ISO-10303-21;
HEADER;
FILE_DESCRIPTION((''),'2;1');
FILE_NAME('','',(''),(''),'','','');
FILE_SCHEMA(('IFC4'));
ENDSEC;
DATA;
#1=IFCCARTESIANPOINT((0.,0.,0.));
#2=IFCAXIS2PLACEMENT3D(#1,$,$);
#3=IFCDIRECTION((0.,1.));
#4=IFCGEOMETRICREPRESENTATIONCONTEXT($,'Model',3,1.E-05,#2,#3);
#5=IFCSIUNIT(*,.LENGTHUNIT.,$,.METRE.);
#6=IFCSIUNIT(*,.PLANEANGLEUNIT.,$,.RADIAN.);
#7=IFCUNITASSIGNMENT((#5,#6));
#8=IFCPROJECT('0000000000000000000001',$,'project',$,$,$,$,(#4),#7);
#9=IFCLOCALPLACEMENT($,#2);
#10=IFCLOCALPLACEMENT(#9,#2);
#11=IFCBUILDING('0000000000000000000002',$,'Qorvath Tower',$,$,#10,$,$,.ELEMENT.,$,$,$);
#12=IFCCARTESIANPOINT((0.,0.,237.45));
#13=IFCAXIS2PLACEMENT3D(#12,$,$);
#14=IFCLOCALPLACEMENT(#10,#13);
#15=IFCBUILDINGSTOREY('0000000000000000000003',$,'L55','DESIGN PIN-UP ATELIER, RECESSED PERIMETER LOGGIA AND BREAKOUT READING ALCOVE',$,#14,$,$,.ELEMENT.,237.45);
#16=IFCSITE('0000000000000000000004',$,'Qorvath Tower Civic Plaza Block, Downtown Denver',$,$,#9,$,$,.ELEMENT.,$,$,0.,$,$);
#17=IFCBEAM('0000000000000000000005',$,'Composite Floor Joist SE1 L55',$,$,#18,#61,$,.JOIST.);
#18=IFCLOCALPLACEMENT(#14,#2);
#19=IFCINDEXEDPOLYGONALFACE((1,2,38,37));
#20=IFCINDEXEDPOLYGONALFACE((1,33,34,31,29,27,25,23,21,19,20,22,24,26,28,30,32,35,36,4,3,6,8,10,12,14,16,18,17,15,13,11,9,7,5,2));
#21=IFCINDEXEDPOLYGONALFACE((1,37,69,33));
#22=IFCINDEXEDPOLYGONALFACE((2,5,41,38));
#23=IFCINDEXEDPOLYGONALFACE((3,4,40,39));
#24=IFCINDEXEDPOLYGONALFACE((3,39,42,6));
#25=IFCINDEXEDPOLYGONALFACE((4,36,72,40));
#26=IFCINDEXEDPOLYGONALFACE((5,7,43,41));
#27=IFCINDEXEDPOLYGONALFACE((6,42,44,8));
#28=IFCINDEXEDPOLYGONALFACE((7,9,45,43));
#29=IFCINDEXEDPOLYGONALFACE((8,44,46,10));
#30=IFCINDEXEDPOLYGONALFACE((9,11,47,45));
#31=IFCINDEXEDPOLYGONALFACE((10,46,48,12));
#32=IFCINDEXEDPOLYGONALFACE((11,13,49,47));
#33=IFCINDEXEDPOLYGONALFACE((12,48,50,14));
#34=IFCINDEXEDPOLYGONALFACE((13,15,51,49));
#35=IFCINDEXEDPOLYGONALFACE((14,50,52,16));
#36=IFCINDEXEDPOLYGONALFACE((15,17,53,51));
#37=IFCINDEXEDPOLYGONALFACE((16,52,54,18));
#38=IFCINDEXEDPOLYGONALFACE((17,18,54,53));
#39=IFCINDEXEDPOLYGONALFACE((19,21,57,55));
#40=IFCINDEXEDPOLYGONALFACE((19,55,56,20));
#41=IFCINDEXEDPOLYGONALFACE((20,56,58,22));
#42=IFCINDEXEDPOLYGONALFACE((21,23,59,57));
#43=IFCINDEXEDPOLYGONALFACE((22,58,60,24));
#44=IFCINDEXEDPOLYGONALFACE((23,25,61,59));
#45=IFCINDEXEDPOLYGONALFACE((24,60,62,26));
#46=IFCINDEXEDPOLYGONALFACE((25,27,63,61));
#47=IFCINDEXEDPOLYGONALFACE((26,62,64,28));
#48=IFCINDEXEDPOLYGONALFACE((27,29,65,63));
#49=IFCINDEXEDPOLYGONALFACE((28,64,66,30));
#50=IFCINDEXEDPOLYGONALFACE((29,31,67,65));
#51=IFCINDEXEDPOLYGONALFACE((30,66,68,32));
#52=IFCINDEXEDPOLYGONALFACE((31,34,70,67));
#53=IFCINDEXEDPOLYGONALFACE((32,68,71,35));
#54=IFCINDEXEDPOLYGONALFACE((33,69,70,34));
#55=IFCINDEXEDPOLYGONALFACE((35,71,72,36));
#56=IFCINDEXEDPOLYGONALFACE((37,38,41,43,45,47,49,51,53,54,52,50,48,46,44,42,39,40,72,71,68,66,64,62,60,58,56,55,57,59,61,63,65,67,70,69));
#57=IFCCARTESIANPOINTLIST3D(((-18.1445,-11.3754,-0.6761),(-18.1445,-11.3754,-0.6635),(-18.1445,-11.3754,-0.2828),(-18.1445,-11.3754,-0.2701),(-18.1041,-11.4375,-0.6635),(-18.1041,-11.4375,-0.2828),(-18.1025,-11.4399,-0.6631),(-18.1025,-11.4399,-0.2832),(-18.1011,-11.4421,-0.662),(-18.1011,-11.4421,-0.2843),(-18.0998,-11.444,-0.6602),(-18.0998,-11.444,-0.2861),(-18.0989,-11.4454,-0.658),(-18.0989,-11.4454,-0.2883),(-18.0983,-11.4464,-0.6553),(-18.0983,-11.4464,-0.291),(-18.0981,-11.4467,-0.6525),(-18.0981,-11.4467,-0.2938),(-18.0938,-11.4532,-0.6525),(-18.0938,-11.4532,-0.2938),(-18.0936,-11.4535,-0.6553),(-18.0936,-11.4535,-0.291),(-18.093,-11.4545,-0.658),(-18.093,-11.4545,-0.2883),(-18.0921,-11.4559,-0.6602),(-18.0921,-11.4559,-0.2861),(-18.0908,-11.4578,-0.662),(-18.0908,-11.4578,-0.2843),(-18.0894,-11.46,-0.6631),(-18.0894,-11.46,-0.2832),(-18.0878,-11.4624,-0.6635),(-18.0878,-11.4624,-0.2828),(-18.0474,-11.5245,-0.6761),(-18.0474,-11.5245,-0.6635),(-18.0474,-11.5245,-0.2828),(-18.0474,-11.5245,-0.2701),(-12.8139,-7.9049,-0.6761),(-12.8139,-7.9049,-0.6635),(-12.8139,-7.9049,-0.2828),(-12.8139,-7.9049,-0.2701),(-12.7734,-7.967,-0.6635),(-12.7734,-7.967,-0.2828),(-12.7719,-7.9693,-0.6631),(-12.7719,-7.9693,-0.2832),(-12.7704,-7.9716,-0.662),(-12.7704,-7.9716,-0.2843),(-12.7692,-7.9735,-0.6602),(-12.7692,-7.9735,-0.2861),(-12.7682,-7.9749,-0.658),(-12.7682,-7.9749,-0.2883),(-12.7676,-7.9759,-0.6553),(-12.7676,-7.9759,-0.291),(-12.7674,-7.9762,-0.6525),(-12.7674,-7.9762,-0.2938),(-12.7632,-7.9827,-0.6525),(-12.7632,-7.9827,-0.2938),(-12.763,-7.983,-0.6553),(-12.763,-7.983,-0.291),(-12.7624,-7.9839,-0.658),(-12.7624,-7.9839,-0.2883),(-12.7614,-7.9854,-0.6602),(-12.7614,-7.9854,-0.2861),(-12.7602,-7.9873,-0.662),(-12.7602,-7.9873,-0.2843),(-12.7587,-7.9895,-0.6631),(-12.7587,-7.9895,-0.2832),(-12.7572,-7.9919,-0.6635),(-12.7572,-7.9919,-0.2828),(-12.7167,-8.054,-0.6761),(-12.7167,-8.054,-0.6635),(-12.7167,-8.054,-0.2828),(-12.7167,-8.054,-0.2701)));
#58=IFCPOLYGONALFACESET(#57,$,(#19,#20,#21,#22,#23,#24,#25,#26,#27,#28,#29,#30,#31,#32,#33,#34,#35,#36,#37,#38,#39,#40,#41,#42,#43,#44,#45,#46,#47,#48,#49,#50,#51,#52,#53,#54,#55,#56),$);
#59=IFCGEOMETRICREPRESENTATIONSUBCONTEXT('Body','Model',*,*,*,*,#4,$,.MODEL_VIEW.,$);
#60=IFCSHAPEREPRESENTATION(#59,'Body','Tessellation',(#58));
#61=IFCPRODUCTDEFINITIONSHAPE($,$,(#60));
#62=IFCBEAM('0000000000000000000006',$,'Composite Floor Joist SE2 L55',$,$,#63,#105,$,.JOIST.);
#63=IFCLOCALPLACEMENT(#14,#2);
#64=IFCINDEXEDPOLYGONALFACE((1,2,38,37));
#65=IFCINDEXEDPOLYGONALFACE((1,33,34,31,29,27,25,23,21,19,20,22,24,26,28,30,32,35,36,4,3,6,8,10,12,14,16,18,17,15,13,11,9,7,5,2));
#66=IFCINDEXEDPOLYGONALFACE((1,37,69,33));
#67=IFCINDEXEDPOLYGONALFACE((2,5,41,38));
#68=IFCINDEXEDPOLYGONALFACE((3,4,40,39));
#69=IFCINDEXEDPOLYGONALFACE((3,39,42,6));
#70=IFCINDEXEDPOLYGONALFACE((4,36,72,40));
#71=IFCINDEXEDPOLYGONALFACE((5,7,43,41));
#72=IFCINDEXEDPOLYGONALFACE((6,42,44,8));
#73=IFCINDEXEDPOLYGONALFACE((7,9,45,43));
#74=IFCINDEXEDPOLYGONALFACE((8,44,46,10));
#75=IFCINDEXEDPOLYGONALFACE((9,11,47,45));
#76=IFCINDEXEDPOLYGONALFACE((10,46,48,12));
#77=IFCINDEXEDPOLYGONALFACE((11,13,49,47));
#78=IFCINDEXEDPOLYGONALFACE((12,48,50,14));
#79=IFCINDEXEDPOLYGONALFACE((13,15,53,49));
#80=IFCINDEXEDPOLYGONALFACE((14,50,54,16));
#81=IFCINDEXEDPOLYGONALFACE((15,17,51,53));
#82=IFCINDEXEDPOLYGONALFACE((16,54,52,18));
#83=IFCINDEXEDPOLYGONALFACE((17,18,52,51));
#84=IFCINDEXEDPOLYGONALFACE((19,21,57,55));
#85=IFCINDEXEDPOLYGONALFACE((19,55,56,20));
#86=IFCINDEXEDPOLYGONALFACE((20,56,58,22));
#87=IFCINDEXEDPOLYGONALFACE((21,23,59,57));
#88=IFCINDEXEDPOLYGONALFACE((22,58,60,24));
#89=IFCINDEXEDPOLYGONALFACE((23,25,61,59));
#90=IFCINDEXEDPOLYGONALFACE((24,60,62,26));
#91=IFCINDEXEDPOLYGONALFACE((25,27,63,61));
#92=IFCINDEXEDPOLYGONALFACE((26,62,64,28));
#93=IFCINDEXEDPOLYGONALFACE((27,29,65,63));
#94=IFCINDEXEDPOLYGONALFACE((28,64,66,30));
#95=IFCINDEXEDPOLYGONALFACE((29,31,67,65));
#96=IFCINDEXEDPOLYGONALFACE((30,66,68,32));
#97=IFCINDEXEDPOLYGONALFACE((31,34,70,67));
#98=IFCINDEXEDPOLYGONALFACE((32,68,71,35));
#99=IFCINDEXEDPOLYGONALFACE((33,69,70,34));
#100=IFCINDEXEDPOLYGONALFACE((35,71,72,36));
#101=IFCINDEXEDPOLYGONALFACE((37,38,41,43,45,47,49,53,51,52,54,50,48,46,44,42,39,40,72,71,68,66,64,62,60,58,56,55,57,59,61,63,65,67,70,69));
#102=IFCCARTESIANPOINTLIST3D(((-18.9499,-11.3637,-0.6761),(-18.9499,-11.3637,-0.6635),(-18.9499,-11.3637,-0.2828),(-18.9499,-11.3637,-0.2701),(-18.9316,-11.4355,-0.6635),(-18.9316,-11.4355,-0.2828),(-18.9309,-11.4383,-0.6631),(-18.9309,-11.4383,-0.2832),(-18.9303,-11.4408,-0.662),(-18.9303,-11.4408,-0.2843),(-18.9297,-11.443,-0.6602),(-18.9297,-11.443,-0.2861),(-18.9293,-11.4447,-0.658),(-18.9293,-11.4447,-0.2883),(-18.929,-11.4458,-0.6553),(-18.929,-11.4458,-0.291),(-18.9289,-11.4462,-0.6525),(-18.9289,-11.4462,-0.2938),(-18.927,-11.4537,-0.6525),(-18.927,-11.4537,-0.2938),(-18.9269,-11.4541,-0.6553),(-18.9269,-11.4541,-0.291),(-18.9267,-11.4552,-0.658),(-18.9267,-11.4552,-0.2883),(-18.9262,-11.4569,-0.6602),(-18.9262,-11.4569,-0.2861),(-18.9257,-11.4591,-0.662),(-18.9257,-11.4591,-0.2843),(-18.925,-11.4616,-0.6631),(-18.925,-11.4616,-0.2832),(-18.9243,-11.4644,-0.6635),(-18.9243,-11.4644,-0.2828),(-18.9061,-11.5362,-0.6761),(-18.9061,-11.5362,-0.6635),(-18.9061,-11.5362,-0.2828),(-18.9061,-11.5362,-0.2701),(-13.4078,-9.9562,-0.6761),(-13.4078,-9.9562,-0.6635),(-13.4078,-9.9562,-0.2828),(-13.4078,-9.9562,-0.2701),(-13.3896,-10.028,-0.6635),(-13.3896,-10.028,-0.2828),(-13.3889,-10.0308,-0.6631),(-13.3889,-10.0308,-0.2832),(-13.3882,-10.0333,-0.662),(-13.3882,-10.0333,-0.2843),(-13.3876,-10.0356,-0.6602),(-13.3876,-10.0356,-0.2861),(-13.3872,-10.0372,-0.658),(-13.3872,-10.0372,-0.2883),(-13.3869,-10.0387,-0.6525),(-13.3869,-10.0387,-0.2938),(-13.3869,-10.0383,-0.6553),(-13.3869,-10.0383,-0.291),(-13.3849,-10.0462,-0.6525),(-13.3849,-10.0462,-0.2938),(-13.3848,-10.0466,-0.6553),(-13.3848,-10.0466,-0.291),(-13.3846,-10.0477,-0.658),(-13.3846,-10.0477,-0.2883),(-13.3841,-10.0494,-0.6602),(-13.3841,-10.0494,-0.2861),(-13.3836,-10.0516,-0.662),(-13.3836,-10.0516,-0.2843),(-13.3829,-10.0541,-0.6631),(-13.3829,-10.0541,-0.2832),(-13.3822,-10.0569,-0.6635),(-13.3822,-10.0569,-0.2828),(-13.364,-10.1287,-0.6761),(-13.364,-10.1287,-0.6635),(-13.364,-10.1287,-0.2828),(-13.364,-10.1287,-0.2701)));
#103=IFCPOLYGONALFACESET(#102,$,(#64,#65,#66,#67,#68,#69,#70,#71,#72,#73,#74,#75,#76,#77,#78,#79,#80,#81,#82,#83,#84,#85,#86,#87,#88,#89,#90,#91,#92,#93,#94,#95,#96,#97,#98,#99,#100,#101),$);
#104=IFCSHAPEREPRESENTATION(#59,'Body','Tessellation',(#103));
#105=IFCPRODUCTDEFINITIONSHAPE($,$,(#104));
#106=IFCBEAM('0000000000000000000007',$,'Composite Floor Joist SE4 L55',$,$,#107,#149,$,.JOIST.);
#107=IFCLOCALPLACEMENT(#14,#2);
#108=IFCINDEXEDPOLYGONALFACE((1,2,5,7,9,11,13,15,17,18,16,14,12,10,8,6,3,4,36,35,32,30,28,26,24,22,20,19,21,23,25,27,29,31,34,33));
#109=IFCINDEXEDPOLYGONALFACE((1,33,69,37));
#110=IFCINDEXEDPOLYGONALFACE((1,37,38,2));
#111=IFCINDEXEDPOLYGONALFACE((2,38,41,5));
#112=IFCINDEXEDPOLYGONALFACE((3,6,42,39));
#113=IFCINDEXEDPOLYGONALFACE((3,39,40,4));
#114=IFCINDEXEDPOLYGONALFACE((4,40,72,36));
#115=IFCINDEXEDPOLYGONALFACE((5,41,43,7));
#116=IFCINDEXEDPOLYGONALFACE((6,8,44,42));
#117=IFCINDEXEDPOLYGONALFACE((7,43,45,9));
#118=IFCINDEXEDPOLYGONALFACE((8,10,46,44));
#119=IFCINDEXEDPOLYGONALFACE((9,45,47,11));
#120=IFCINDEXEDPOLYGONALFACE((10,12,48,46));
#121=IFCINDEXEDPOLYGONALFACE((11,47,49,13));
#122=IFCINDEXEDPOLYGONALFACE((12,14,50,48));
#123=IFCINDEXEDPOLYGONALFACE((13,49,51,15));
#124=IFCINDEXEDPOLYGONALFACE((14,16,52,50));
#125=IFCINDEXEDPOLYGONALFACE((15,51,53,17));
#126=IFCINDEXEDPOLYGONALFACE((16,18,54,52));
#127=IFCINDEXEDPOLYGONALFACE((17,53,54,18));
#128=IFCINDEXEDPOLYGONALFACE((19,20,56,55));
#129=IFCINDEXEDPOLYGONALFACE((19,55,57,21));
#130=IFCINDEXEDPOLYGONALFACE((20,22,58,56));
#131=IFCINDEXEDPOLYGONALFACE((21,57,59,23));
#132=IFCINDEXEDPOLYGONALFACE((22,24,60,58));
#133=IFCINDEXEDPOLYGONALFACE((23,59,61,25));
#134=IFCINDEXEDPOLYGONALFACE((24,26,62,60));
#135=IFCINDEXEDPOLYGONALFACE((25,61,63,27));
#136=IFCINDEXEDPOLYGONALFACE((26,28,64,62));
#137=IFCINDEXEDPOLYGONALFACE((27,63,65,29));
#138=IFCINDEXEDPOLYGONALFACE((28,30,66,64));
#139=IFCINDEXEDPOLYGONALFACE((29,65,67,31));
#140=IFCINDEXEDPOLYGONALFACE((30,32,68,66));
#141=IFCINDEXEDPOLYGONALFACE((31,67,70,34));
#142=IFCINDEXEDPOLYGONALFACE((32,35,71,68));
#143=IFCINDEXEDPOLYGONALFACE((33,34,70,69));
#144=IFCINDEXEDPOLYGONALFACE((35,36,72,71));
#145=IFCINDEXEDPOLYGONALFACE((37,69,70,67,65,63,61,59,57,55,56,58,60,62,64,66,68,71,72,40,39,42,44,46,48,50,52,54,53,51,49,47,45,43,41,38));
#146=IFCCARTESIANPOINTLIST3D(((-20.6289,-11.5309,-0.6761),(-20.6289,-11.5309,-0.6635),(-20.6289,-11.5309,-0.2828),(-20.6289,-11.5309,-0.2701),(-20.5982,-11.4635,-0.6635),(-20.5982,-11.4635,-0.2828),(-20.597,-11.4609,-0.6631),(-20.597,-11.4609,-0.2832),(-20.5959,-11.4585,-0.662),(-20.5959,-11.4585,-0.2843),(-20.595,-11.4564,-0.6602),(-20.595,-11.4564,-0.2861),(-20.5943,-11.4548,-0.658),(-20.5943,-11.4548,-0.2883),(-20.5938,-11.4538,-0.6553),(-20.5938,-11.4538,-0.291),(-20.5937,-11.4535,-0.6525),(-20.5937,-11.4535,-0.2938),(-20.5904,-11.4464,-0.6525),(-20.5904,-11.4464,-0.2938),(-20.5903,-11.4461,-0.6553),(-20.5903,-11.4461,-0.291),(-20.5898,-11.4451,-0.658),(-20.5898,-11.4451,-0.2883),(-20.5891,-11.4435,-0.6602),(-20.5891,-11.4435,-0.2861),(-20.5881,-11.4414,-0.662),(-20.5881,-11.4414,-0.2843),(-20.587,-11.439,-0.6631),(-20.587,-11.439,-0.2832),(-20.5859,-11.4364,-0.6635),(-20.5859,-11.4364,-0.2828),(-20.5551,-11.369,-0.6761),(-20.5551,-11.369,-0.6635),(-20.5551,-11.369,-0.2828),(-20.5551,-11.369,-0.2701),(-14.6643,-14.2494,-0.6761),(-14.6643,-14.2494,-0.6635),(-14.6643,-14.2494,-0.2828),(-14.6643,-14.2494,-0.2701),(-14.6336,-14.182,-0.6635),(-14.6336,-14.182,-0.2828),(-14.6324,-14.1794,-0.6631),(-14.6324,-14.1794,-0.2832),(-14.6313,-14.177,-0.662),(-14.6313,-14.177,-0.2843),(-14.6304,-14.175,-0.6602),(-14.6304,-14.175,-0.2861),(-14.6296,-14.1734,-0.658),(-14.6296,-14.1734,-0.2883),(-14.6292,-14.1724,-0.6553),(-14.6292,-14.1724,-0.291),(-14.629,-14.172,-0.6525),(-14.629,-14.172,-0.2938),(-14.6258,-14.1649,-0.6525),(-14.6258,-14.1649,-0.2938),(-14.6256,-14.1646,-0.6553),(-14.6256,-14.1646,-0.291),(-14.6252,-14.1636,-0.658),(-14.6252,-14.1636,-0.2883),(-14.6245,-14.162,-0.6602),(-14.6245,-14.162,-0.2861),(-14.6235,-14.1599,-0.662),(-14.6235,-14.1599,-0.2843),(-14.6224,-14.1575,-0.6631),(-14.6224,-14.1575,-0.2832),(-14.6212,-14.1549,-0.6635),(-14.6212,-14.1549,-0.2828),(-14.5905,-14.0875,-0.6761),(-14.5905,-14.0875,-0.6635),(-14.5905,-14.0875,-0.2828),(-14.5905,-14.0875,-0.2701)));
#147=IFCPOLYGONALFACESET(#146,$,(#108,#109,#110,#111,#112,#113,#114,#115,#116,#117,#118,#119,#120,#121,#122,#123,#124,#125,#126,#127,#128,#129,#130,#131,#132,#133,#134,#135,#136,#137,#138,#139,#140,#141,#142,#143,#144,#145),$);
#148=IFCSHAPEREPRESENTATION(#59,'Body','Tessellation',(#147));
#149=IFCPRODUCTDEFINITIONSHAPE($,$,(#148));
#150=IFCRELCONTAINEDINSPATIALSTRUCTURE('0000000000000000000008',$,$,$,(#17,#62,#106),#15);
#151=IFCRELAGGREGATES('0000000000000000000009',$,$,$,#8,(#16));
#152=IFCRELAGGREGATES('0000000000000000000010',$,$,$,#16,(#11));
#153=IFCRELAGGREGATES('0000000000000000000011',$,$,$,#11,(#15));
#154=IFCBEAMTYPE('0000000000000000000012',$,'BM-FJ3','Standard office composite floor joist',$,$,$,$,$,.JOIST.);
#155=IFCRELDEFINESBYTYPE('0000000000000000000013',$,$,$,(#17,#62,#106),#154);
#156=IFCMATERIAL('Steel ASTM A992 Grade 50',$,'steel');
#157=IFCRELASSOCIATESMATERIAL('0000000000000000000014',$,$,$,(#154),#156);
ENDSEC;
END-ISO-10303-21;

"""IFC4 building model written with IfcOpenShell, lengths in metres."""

from ifc_helpers import new_model, si_unit, direction, frame, origin, origin_2d, place, context, subcontext, project, spatial, i_section, extrude, material, material_profile, profile_set, type_object, element, save


model = new_model("IFC4")

# Units and contexts
model_context = context("Model", 3, precision=1e-05, world=origin(), true_north=direction((0.0, 1.0)))
body_context = subcontext(model_context, "Body", "Model", "MODEL_VIEW")
ifc_project = project(units=[si_unit("LENGTHUNIT", "METRE"), si_unit("PLANEANGLEUNIT", "RADIAN")], contexts=[model_context])

# Site, building, storey
site_placement = place(None, origin())
site = spatial("IfcSite", under=ifc_project, at=site_placement, Name="Qorvath Tower Civic Plaza Block, Downtown Denver", CompositionType="ELEMENT", RefElevation=0.0)
building_placement = place(site_placement, origin())
building = spatial("IfcBuilding", under=site, at=building_placement, Name="Qorvath Tower", CompositionType="ELEMENT")
storey_placement = place(building_placement, frame((0.0, 0.0, 237.45)))
storey = spatial("IfcBuildingStorey", under=building, at=storey_placement, Name="L55", Description="DESIGN PIN-UP ATELIER, RECESSED PERIMETER LOGGIA AND BREAKOUT READING ALCOVE", CompositionType="ELEMENT", Elevation=237.45)

# Beams
ifc_material_1 = material(Name="Steel ASTM A992 Grade 50", Category="steel")
ifc_material_profile_1 = material_profile(ifc_material_1, i_section(OverallWidth=0.178, OverallDepth=0.406, WebThickness=0.0078, FlangeThickness=0.0127, FilletRadius=0.011, at=origin_2d()), Name="W16x40")
ifc_profile_set_1 = profile_set([ifc_material_profile_1], Name="Steel ASTM A992 Grade 50")
beam_type_1 = type_object("IfcBeamType", Name="BM-FJ3", Description="Standard office composite floor joist", PredefinedType="JOIST", material=ifc_profile_set_1)
beam_1_placement = place(storey_placement, frame((-18.0959, -11.45, -0.4731), z_axis=(0.838042, 0.545606, 0.0), x_axis=(-0.545606, 0.838042, 0.0)))
element("IfcBeam", 1, at=beam_1_placement, inside=storey, type_object=beam_type_1, Name="Composite Floor Joist SE1 L55", PredefinedType="JOIST", context=body_context, shape_type="SweptSolid", body=[
    extrude(i_section(OverallWidth=0.178, OverallDepth=0.406, WebThickness=0.0078, FlangeThickness=0.0127, FilletRadius=0.011, at=origin_2d()), origin(), (0.0, 0.0, 1.0), 6.3608),
])
beam_2_placement = place(storey_placement, frame((-18.928, -11.45, -0.4731), z_axis=(0.969232, 0.246151, 0.0), x_axis=(-0.246151, 0.969232, 0.0)))
element("IfcBeam", 2, at=beam_2_placement, inside=storey, type_object=beam_type_1, Name="Composite Floor Joist SE2 L55", PredefinedType="JOIST", context=body_context, shape_type="SweptSolid", body=[
    extrude(i_section(OverallWidth=0.178, OverallDepth=0.406, WebThickness=0.0078, FlangeThickness=0.0127, FilletRadius=0.011, at=origin_2d()), origin(), (0.0, 0.0, 1.0), 5.718),
])
beam_3_placement = place(storey_placement, frame((-20.592, -11.45, -0.4731), z_axis=(0.909945, -0.414729, 0.0), x_axis=(0.414729, 0.909945, 0.0)))
element("IfcBeam", 3, at=beam_3_placement, inside=storey, type_object=beam_type_1, Name="Composite Floor Joist SE4 L55", PredefinedType="JOIST", context=body_context, shape_type="SweptSolid", body=[
    extrude(i_section(OverallWidth=0.178, OverallDepth=0.406, WebThickness=0.0078, FlangeThickness=0.0127, FilletRadius=0.011, at=origin_2d()), origin(), (0.0, 0.0, 1.0), 6.5549),
])

save(model, "model.ifc")
